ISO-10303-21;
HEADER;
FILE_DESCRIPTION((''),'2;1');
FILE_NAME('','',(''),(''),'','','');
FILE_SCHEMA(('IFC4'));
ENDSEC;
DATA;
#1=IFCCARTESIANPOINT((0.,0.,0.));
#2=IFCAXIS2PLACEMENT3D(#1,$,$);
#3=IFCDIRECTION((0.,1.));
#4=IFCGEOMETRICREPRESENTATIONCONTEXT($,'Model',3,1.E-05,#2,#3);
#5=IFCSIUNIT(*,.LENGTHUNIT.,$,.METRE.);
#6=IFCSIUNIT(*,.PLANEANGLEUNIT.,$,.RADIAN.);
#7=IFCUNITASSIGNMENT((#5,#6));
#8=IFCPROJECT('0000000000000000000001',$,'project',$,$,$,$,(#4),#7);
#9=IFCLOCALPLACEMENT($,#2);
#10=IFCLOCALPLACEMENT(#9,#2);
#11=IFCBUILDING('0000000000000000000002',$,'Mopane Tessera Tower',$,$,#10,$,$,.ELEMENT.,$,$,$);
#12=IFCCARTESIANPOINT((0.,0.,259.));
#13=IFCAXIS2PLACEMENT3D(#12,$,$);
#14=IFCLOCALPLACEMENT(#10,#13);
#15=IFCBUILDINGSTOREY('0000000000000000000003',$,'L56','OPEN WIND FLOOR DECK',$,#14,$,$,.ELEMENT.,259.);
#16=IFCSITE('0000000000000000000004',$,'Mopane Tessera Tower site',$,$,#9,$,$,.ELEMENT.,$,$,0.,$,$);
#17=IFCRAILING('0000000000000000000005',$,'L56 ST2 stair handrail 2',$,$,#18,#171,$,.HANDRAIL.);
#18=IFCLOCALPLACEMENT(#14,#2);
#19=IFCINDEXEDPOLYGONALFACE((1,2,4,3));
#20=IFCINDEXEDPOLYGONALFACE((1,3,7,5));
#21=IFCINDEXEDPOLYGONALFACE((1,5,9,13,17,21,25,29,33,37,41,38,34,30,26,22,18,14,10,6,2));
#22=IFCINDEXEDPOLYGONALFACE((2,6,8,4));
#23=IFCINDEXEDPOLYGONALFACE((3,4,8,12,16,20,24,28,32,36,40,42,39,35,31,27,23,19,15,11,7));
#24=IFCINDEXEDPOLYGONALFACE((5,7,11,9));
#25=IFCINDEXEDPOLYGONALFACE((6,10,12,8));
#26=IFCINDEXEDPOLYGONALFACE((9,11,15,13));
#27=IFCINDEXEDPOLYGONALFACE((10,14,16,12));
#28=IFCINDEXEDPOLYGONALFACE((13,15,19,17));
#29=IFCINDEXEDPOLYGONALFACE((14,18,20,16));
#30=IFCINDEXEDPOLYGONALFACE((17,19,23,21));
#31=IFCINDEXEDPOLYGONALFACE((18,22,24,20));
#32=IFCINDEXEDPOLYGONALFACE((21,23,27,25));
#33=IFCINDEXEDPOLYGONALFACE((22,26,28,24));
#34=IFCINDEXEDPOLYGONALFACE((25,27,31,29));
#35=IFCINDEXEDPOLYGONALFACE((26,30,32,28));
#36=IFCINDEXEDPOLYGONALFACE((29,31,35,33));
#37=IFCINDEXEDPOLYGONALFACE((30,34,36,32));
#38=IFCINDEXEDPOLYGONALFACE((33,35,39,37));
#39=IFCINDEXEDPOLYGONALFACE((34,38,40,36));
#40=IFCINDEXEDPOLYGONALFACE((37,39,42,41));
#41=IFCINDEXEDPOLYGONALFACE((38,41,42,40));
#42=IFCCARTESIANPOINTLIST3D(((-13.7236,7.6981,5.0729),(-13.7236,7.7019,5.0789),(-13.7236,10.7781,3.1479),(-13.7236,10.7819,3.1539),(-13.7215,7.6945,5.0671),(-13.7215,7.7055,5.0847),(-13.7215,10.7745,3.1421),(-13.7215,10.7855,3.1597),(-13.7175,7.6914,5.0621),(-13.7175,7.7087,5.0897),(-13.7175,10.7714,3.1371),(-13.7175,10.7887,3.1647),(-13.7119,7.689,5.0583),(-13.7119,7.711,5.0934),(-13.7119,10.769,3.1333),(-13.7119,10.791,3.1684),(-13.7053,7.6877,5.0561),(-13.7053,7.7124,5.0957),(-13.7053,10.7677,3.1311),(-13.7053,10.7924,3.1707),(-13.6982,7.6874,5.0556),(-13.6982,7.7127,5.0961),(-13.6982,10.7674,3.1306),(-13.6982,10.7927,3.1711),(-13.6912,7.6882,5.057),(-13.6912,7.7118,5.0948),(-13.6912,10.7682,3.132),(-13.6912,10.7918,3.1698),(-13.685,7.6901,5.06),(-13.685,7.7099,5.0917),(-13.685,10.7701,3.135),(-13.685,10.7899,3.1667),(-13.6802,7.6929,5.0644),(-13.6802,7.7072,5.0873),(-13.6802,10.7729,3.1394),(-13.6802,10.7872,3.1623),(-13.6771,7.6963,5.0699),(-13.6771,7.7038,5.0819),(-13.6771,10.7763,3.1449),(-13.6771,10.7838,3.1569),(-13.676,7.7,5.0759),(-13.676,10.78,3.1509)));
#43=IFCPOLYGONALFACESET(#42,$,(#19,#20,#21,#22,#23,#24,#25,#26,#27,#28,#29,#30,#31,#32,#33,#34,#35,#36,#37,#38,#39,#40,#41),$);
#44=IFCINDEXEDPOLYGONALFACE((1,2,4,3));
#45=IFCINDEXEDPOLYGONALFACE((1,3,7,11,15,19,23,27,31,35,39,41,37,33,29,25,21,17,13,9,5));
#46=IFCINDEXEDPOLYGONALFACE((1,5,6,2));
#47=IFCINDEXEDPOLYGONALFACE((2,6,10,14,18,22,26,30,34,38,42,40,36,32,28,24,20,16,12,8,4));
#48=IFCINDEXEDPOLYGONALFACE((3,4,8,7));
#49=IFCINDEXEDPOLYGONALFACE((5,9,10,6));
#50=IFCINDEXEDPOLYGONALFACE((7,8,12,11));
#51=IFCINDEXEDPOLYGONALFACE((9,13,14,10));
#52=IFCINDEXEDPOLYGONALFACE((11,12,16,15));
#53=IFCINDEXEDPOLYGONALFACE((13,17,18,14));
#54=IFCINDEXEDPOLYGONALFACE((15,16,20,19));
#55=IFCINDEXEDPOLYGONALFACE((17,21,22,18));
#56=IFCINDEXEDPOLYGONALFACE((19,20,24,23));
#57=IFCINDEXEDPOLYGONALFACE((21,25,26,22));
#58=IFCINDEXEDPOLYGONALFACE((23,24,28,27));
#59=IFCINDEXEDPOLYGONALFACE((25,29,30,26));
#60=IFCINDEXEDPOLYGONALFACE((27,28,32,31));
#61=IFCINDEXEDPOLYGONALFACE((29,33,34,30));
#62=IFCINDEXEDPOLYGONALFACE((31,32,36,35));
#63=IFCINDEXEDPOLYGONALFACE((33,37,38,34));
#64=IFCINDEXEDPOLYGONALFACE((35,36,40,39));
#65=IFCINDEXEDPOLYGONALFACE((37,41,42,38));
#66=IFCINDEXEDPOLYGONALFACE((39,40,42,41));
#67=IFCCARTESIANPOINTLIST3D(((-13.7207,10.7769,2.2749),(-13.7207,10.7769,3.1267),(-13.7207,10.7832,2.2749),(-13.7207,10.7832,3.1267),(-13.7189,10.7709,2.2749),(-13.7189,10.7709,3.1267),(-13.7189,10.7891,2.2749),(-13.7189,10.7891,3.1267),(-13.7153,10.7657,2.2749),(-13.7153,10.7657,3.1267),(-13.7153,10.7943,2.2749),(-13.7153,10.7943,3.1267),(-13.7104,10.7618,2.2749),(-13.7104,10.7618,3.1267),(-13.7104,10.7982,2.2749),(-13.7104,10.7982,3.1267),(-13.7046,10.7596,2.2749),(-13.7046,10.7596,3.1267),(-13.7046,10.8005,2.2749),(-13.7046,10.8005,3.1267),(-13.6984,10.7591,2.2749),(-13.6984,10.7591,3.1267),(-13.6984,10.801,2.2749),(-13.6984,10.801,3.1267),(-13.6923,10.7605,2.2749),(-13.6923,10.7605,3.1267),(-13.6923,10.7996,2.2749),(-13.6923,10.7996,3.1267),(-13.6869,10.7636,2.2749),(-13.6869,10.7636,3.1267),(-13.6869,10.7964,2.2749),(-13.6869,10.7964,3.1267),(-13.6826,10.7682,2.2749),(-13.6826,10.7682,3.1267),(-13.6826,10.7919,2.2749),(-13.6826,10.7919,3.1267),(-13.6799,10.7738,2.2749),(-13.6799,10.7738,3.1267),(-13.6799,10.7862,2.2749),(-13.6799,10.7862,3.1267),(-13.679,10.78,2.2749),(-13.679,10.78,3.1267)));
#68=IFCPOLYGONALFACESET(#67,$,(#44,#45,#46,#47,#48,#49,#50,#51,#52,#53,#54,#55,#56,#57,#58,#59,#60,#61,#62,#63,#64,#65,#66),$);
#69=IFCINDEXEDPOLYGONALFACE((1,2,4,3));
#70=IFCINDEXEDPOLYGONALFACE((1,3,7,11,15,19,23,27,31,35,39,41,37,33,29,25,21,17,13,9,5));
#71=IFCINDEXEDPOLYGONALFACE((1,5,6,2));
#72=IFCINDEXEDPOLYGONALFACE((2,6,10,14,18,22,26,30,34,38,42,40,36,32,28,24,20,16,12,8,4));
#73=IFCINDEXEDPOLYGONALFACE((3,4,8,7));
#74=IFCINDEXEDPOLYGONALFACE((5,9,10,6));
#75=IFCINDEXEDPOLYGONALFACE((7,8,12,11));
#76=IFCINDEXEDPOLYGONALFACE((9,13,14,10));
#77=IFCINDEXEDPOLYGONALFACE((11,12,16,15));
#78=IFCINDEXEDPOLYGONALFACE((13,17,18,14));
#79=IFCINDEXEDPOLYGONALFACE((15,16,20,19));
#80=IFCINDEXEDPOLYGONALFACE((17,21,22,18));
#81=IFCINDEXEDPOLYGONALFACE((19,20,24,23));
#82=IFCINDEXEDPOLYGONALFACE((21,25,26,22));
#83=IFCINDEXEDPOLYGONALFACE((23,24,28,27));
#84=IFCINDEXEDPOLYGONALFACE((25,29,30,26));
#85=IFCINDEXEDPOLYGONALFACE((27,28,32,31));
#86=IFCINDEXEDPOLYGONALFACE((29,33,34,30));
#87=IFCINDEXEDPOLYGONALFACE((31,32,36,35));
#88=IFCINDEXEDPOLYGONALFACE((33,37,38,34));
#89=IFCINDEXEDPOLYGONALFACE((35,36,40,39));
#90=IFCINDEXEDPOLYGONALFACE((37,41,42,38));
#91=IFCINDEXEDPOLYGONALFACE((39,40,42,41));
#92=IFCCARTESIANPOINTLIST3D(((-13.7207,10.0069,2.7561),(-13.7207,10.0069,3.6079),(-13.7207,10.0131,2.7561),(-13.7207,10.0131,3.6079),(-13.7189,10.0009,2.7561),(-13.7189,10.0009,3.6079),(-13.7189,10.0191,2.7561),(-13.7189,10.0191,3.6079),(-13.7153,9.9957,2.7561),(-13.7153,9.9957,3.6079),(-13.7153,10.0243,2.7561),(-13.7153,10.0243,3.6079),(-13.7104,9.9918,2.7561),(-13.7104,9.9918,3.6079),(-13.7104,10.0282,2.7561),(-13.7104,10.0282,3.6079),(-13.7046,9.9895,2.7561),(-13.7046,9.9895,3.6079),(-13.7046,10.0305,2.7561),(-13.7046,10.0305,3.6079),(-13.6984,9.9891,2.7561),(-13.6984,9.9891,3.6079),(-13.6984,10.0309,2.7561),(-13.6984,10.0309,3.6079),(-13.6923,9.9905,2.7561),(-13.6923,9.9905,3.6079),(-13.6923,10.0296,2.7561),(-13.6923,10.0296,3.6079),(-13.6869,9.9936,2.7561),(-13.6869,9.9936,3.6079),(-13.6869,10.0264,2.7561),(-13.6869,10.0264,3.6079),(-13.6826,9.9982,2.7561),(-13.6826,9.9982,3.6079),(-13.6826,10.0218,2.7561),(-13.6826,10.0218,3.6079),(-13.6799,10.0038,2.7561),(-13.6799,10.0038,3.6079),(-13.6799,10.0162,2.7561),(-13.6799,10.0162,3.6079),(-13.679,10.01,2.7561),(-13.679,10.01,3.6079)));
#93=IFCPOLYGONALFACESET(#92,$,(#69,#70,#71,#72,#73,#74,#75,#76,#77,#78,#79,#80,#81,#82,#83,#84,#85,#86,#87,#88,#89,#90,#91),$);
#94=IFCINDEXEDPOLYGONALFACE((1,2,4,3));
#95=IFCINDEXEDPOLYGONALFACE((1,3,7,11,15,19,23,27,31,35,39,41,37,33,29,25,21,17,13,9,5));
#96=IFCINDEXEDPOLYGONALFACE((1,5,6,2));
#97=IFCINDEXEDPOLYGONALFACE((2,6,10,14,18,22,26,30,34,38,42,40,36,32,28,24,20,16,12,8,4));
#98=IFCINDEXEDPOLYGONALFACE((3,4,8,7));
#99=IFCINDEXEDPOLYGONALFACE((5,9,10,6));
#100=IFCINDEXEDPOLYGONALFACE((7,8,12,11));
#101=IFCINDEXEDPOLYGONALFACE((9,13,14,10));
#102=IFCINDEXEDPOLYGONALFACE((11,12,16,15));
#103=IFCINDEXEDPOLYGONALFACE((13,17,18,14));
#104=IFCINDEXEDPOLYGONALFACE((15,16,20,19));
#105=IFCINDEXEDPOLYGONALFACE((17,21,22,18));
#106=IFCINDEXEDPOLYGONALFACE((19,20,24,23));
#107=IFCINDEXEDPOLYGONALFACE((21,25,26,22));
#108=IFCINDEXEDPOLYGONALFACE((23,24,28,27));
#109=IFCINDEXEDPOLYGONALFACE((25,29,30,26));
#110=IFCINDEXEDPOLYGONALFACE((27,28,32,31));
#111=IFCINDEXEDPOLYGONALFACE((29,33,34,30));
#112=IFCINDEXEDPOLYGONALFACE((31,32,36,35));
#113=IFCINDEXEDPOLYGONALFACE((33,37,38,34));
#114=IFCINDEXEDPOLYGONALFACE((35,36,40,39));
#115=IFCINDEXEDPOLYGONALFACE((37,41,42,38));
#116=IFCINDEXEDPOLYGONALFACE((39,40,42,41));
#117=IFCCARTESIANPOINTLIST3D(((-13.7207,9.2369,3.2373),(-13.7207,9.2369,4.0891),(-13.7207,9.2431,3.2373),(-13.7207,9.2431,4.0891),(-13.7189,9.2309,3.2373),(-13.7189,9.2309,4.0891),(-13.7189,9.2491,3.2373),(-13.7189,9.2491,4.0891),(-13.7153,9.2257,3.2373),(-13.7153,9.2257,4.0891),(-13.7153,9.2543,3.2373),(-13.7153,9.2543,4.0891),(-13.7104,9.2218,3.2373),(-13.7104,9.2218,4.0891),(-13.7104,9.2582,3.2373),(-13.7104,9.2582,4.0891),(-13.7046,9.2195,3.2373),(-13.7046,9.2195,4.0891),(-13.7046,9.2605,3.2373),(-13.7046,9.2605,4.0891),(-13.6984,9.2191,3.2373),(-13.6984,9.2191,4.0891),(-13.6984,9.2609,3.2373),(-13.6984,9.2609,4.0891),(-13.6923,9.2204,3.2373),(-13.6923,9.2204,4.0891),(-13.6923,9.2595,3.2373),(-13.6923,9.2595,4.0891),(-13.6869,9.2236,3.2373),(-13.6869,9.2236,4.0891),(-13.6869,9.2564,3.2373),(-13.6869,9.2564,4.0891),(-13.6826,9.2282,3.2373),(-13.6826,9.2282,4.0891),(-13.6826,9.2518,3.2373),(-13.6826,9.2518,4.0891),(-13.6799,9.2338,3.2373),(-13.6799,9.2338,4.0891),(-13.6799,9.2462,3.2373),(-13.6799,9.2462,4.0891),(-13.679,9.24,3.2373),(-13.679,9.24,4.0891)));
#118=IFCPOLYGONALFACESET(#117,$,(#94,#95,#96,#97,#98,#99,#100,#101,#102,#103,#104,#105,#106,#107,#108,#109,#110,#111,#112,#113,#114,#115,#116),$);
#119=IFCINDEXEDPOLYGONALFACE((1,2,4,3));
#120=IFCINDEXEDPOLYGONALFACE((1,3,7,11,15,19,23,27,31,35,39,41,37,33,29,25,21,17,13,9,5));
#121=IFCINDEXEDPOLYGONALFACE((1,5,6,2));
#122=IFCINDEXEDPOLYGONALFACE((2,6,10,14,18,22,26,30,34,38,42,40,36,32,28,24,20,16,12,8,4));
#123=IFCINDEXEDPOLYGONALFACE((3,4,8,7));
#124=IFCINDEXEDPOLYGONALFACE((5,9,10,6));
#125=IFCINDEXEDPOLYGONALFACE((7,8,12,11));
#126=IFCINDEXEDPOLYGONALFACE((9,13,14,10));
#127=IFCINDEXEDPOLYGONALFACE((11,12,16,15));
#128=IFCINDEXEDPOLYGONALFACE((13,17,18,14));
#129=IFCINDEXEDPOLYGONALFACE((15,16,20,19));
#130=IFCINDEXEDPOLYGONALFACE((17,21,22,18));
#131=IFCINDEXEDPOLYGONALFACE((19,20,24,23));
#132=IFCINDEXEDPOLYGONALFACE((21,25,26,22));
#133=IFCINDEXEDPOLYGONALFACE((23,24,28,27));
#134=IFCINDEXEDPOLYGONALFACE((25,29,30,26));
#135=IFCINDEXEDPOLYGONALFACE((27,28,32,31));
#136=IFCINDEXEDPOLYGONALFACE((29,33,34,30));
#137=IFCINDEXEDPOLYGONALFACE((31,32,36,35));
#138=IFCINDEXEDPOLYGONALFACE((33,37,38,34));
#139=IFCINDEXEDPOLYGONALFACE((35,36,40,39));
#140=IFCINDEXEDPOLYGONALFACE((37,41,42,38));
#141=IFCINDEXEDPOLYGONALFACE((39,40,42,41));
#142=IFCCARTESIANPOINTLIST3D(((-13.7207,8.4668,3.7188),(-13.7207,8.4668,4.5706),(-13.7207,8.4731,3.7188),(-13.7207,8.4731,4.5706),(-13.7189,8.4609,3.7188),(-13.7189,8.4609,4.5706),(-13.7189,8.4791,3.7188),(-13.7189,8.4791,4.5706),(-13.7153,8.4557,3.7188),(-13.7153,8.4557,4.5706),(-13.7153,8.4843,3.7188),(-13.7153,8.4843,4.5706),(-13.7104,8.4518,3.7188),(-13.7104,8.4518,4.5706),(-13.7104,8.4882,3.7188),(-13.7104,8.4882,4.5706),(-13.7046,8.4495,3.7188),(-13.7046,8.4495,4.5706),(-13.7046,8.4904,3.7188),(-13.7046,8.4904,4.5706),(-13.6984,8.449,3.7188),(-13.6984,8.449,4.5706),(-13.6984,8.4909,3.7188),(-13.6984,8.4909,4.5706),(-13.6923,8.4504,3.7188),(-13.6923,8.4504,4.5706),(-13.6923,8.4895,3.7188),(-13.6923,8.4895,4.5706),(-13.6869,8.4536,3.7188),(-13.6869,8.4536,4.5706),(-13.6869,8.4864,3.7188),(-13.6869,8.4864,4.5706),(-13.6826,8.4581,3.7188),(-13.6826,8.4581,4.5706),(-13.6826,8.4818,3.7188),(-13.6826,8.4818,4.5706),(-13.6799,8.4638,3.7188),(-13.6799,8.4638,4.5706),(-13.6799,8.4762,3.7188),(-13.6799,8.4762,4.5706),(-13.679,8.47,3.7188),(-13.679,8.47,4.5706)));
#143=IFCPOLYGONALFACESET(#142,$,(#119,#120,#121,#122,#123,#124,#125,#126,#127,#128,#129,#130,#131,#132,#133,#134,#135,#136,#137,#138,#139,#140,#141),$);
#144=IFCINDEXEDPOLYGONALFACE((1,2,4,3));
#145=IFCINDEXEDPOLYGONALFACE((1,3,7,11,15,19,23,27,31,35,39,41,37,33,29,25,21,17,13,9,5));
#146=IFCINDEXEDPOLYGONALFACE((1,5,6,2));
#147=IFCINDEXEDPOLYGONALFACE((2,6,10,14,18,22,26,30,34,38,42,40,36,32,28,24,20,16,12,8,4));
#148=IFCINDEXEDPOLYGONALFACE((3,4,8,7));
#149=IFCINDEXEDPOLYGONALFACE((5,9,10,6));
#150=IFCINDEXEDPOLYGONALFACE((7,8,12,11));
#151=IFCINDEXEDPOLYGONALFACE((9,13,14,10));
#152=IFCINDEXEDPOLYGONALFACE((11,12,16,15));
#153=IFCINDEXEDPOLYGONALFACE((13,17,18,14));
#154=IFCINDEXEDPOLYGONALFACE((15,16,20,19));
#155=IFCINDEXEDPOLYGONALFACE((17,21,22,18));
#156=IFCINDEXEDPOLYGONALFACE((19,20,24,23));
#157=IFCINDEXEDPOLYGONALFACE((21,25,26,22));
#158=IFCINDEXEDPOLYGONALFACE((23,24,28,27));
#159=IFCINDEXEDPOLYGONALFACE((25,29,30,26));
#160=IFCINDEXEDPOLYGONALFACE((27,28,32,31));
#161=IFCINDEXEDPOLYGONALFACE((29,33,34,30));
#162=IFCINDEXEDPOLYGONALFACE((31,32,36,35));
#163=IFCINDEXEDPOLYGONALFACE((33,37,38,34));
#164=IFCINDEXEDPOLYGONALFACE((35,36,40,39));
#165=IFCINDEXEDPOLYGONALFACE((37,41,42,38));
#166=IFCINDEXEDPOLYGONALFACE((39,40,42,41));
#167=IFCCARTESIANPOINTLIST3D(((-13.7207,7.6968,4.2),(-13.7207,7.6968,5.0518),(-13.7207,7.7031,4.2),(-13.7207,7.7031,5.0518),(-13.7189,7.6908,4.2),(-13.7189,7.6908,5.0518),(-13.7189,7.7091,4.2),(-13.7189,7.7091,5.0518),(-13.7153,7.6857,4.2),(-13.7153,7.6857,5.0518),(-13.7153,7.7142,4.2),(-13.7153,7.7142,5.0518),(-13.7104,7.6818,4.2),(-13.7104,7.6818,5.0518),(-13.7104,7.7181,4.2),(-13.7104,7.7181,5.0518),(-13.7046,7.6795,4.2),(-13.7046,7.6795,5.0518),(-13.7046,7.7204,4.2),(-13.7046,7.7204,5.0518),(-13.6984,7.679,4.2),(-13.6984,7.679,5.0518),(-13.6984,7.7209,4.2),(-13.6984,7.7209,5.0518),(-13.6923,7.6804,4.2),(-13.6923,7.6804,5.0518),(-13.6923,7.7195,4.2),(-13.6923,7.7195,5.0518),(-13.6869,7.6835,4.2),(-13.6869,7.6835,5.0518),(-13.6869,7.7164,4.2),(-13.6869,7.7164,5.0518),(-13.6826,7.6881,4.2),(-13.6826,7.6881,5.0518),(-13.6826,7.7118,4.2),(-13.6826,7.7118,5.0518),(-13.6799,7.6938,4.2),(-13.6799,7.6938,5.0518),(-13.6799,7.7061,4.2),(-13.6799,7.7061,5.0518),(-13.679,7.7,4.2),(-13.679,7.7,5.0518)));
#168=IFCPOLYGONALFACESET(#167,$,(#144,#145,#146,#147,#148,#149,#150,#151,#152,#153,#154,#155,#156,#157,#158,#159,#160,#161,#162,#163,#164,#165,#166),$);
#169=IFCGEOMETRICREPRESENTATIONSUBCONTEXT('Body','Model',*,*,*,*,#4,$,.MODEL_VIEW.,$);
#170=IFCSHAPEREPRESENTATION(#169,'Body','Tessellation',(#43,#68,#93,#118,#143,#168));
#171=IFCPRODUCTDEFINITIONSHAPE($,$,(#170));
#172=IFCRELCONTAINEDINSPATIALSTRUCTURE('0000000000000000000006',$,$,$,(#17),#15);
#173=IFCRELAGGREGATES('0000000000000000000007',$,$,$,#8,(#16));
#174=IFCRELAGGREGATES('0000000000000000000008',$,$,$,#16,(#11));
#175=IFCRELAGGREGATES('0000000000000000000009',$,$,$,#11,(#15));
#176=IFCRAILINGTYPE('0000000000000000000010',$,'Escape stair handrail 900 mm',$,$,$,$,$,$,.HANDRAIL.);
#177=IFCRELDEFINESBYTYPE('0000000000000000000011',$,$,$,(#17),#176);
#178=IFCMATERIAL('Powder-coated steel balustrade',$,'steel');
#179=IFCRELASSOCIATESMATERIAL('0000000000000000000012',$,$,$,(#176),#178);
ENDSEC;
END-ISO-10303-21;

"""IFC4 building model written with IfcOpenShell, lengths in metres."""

from ifc_helpers import new_model, si_unit, direction, frame, origin, origin_2d, place, context, subcontext, project, spatial, circle, extrude, material, type_object, element, save


model = new_model("IFC4")

# Units and contexts
model_context = context("Model", 3, precision=1e-05, world=origin(), true_north=direction((0.0, 1.0)))
body_context = subcontext(model_context, "Body", "Model", "MODEL_VIEW")
ifc_project = project(units=[si_unit("LENGTHUNIT", "METRE"), si_unit("PLANEANGLEUNIT", "RADIAN")], contexts=[model_context])

# Site, building, storey
site_placement = place(None, origin())
site = spatial("IfcSite", under=ifc_project, at=site_placement, Name="Mopane Tessera Tower site", CompositionType="ELEMENT", RefElevation=0.0)
building_placement = place(site_placement, origin())
building = spatial("IfcBuilding", under=site, at=building_placement, Name="Mopane Tessera Tower", CompositionType="ELEMENT")
storey_placement = place(building_placement, frame((0.0, 0.0, 259.0)))
storey = spatial("IfcBuildingStorey", under=building, at=storey_placement, Name="L56", Description="OPEN WIND FLOOR DECK", CompositionType="ELEMENT", Elevation=259.0)

# Railing
ifc_material_1 = material(Name="Powder-coated steel balustrade", Category="steel")
railing_type_1 = type_object("IfcRailingType", Name="Escape stair handrail 900 mm", PredefinedType="HANDRAIL", material=ifc_material_1)
railing_1_placement = place(storey_placement, frame((-13.7, 10.78, 2.2749)))
element("IfcRailing", 1, at=railing_1_placement, inside=storey, type_object=railing_type_1, Name="L56 ST2 stair handrail 2", PredefinedType="HANDRAIL", context=body_context, shape_type="SweptSolid", body=[
    extrude(circle(Radius=0.0239, at=origin_2d()), frame((0.0, 0.0, 0.876), z_axis=(0.0, -0.847998, 0.529999), x_axis=(1.0, 0.0, 0.0)), (0.0, 0.0, 1.0), 3.6321),
    extrude(circle(Radius=0.021, at=origin_2d()), origin(), (0.0, 0.0, 1.0), 0.8518),
    extrude(circle(Radius=0.021, at=origin_2d()), frame((0.0, -0.77, 0.4812)), (0.0, 0.0, 1.0), 0.8518),
    extrude(circle(Radius=0.021, at=origin_2d()), frame((0.0, -1.54, 0.9624)), (0.0, 0.0, 1.0), 0.8518),
    extrude(circle(Radius=0.021, at=origin_2d()), frame((0.0, -2.3101, 1.4438)), (0.0, 0.0, 1.0), 0.8518),
    extrude(circle(Radius=0.021, at=origin_2d()), frame((0.0, -3.0801, 1.925)), (0.0, 0.0, 1.0), 0.8518),
])

save(model, "model.ifc")
